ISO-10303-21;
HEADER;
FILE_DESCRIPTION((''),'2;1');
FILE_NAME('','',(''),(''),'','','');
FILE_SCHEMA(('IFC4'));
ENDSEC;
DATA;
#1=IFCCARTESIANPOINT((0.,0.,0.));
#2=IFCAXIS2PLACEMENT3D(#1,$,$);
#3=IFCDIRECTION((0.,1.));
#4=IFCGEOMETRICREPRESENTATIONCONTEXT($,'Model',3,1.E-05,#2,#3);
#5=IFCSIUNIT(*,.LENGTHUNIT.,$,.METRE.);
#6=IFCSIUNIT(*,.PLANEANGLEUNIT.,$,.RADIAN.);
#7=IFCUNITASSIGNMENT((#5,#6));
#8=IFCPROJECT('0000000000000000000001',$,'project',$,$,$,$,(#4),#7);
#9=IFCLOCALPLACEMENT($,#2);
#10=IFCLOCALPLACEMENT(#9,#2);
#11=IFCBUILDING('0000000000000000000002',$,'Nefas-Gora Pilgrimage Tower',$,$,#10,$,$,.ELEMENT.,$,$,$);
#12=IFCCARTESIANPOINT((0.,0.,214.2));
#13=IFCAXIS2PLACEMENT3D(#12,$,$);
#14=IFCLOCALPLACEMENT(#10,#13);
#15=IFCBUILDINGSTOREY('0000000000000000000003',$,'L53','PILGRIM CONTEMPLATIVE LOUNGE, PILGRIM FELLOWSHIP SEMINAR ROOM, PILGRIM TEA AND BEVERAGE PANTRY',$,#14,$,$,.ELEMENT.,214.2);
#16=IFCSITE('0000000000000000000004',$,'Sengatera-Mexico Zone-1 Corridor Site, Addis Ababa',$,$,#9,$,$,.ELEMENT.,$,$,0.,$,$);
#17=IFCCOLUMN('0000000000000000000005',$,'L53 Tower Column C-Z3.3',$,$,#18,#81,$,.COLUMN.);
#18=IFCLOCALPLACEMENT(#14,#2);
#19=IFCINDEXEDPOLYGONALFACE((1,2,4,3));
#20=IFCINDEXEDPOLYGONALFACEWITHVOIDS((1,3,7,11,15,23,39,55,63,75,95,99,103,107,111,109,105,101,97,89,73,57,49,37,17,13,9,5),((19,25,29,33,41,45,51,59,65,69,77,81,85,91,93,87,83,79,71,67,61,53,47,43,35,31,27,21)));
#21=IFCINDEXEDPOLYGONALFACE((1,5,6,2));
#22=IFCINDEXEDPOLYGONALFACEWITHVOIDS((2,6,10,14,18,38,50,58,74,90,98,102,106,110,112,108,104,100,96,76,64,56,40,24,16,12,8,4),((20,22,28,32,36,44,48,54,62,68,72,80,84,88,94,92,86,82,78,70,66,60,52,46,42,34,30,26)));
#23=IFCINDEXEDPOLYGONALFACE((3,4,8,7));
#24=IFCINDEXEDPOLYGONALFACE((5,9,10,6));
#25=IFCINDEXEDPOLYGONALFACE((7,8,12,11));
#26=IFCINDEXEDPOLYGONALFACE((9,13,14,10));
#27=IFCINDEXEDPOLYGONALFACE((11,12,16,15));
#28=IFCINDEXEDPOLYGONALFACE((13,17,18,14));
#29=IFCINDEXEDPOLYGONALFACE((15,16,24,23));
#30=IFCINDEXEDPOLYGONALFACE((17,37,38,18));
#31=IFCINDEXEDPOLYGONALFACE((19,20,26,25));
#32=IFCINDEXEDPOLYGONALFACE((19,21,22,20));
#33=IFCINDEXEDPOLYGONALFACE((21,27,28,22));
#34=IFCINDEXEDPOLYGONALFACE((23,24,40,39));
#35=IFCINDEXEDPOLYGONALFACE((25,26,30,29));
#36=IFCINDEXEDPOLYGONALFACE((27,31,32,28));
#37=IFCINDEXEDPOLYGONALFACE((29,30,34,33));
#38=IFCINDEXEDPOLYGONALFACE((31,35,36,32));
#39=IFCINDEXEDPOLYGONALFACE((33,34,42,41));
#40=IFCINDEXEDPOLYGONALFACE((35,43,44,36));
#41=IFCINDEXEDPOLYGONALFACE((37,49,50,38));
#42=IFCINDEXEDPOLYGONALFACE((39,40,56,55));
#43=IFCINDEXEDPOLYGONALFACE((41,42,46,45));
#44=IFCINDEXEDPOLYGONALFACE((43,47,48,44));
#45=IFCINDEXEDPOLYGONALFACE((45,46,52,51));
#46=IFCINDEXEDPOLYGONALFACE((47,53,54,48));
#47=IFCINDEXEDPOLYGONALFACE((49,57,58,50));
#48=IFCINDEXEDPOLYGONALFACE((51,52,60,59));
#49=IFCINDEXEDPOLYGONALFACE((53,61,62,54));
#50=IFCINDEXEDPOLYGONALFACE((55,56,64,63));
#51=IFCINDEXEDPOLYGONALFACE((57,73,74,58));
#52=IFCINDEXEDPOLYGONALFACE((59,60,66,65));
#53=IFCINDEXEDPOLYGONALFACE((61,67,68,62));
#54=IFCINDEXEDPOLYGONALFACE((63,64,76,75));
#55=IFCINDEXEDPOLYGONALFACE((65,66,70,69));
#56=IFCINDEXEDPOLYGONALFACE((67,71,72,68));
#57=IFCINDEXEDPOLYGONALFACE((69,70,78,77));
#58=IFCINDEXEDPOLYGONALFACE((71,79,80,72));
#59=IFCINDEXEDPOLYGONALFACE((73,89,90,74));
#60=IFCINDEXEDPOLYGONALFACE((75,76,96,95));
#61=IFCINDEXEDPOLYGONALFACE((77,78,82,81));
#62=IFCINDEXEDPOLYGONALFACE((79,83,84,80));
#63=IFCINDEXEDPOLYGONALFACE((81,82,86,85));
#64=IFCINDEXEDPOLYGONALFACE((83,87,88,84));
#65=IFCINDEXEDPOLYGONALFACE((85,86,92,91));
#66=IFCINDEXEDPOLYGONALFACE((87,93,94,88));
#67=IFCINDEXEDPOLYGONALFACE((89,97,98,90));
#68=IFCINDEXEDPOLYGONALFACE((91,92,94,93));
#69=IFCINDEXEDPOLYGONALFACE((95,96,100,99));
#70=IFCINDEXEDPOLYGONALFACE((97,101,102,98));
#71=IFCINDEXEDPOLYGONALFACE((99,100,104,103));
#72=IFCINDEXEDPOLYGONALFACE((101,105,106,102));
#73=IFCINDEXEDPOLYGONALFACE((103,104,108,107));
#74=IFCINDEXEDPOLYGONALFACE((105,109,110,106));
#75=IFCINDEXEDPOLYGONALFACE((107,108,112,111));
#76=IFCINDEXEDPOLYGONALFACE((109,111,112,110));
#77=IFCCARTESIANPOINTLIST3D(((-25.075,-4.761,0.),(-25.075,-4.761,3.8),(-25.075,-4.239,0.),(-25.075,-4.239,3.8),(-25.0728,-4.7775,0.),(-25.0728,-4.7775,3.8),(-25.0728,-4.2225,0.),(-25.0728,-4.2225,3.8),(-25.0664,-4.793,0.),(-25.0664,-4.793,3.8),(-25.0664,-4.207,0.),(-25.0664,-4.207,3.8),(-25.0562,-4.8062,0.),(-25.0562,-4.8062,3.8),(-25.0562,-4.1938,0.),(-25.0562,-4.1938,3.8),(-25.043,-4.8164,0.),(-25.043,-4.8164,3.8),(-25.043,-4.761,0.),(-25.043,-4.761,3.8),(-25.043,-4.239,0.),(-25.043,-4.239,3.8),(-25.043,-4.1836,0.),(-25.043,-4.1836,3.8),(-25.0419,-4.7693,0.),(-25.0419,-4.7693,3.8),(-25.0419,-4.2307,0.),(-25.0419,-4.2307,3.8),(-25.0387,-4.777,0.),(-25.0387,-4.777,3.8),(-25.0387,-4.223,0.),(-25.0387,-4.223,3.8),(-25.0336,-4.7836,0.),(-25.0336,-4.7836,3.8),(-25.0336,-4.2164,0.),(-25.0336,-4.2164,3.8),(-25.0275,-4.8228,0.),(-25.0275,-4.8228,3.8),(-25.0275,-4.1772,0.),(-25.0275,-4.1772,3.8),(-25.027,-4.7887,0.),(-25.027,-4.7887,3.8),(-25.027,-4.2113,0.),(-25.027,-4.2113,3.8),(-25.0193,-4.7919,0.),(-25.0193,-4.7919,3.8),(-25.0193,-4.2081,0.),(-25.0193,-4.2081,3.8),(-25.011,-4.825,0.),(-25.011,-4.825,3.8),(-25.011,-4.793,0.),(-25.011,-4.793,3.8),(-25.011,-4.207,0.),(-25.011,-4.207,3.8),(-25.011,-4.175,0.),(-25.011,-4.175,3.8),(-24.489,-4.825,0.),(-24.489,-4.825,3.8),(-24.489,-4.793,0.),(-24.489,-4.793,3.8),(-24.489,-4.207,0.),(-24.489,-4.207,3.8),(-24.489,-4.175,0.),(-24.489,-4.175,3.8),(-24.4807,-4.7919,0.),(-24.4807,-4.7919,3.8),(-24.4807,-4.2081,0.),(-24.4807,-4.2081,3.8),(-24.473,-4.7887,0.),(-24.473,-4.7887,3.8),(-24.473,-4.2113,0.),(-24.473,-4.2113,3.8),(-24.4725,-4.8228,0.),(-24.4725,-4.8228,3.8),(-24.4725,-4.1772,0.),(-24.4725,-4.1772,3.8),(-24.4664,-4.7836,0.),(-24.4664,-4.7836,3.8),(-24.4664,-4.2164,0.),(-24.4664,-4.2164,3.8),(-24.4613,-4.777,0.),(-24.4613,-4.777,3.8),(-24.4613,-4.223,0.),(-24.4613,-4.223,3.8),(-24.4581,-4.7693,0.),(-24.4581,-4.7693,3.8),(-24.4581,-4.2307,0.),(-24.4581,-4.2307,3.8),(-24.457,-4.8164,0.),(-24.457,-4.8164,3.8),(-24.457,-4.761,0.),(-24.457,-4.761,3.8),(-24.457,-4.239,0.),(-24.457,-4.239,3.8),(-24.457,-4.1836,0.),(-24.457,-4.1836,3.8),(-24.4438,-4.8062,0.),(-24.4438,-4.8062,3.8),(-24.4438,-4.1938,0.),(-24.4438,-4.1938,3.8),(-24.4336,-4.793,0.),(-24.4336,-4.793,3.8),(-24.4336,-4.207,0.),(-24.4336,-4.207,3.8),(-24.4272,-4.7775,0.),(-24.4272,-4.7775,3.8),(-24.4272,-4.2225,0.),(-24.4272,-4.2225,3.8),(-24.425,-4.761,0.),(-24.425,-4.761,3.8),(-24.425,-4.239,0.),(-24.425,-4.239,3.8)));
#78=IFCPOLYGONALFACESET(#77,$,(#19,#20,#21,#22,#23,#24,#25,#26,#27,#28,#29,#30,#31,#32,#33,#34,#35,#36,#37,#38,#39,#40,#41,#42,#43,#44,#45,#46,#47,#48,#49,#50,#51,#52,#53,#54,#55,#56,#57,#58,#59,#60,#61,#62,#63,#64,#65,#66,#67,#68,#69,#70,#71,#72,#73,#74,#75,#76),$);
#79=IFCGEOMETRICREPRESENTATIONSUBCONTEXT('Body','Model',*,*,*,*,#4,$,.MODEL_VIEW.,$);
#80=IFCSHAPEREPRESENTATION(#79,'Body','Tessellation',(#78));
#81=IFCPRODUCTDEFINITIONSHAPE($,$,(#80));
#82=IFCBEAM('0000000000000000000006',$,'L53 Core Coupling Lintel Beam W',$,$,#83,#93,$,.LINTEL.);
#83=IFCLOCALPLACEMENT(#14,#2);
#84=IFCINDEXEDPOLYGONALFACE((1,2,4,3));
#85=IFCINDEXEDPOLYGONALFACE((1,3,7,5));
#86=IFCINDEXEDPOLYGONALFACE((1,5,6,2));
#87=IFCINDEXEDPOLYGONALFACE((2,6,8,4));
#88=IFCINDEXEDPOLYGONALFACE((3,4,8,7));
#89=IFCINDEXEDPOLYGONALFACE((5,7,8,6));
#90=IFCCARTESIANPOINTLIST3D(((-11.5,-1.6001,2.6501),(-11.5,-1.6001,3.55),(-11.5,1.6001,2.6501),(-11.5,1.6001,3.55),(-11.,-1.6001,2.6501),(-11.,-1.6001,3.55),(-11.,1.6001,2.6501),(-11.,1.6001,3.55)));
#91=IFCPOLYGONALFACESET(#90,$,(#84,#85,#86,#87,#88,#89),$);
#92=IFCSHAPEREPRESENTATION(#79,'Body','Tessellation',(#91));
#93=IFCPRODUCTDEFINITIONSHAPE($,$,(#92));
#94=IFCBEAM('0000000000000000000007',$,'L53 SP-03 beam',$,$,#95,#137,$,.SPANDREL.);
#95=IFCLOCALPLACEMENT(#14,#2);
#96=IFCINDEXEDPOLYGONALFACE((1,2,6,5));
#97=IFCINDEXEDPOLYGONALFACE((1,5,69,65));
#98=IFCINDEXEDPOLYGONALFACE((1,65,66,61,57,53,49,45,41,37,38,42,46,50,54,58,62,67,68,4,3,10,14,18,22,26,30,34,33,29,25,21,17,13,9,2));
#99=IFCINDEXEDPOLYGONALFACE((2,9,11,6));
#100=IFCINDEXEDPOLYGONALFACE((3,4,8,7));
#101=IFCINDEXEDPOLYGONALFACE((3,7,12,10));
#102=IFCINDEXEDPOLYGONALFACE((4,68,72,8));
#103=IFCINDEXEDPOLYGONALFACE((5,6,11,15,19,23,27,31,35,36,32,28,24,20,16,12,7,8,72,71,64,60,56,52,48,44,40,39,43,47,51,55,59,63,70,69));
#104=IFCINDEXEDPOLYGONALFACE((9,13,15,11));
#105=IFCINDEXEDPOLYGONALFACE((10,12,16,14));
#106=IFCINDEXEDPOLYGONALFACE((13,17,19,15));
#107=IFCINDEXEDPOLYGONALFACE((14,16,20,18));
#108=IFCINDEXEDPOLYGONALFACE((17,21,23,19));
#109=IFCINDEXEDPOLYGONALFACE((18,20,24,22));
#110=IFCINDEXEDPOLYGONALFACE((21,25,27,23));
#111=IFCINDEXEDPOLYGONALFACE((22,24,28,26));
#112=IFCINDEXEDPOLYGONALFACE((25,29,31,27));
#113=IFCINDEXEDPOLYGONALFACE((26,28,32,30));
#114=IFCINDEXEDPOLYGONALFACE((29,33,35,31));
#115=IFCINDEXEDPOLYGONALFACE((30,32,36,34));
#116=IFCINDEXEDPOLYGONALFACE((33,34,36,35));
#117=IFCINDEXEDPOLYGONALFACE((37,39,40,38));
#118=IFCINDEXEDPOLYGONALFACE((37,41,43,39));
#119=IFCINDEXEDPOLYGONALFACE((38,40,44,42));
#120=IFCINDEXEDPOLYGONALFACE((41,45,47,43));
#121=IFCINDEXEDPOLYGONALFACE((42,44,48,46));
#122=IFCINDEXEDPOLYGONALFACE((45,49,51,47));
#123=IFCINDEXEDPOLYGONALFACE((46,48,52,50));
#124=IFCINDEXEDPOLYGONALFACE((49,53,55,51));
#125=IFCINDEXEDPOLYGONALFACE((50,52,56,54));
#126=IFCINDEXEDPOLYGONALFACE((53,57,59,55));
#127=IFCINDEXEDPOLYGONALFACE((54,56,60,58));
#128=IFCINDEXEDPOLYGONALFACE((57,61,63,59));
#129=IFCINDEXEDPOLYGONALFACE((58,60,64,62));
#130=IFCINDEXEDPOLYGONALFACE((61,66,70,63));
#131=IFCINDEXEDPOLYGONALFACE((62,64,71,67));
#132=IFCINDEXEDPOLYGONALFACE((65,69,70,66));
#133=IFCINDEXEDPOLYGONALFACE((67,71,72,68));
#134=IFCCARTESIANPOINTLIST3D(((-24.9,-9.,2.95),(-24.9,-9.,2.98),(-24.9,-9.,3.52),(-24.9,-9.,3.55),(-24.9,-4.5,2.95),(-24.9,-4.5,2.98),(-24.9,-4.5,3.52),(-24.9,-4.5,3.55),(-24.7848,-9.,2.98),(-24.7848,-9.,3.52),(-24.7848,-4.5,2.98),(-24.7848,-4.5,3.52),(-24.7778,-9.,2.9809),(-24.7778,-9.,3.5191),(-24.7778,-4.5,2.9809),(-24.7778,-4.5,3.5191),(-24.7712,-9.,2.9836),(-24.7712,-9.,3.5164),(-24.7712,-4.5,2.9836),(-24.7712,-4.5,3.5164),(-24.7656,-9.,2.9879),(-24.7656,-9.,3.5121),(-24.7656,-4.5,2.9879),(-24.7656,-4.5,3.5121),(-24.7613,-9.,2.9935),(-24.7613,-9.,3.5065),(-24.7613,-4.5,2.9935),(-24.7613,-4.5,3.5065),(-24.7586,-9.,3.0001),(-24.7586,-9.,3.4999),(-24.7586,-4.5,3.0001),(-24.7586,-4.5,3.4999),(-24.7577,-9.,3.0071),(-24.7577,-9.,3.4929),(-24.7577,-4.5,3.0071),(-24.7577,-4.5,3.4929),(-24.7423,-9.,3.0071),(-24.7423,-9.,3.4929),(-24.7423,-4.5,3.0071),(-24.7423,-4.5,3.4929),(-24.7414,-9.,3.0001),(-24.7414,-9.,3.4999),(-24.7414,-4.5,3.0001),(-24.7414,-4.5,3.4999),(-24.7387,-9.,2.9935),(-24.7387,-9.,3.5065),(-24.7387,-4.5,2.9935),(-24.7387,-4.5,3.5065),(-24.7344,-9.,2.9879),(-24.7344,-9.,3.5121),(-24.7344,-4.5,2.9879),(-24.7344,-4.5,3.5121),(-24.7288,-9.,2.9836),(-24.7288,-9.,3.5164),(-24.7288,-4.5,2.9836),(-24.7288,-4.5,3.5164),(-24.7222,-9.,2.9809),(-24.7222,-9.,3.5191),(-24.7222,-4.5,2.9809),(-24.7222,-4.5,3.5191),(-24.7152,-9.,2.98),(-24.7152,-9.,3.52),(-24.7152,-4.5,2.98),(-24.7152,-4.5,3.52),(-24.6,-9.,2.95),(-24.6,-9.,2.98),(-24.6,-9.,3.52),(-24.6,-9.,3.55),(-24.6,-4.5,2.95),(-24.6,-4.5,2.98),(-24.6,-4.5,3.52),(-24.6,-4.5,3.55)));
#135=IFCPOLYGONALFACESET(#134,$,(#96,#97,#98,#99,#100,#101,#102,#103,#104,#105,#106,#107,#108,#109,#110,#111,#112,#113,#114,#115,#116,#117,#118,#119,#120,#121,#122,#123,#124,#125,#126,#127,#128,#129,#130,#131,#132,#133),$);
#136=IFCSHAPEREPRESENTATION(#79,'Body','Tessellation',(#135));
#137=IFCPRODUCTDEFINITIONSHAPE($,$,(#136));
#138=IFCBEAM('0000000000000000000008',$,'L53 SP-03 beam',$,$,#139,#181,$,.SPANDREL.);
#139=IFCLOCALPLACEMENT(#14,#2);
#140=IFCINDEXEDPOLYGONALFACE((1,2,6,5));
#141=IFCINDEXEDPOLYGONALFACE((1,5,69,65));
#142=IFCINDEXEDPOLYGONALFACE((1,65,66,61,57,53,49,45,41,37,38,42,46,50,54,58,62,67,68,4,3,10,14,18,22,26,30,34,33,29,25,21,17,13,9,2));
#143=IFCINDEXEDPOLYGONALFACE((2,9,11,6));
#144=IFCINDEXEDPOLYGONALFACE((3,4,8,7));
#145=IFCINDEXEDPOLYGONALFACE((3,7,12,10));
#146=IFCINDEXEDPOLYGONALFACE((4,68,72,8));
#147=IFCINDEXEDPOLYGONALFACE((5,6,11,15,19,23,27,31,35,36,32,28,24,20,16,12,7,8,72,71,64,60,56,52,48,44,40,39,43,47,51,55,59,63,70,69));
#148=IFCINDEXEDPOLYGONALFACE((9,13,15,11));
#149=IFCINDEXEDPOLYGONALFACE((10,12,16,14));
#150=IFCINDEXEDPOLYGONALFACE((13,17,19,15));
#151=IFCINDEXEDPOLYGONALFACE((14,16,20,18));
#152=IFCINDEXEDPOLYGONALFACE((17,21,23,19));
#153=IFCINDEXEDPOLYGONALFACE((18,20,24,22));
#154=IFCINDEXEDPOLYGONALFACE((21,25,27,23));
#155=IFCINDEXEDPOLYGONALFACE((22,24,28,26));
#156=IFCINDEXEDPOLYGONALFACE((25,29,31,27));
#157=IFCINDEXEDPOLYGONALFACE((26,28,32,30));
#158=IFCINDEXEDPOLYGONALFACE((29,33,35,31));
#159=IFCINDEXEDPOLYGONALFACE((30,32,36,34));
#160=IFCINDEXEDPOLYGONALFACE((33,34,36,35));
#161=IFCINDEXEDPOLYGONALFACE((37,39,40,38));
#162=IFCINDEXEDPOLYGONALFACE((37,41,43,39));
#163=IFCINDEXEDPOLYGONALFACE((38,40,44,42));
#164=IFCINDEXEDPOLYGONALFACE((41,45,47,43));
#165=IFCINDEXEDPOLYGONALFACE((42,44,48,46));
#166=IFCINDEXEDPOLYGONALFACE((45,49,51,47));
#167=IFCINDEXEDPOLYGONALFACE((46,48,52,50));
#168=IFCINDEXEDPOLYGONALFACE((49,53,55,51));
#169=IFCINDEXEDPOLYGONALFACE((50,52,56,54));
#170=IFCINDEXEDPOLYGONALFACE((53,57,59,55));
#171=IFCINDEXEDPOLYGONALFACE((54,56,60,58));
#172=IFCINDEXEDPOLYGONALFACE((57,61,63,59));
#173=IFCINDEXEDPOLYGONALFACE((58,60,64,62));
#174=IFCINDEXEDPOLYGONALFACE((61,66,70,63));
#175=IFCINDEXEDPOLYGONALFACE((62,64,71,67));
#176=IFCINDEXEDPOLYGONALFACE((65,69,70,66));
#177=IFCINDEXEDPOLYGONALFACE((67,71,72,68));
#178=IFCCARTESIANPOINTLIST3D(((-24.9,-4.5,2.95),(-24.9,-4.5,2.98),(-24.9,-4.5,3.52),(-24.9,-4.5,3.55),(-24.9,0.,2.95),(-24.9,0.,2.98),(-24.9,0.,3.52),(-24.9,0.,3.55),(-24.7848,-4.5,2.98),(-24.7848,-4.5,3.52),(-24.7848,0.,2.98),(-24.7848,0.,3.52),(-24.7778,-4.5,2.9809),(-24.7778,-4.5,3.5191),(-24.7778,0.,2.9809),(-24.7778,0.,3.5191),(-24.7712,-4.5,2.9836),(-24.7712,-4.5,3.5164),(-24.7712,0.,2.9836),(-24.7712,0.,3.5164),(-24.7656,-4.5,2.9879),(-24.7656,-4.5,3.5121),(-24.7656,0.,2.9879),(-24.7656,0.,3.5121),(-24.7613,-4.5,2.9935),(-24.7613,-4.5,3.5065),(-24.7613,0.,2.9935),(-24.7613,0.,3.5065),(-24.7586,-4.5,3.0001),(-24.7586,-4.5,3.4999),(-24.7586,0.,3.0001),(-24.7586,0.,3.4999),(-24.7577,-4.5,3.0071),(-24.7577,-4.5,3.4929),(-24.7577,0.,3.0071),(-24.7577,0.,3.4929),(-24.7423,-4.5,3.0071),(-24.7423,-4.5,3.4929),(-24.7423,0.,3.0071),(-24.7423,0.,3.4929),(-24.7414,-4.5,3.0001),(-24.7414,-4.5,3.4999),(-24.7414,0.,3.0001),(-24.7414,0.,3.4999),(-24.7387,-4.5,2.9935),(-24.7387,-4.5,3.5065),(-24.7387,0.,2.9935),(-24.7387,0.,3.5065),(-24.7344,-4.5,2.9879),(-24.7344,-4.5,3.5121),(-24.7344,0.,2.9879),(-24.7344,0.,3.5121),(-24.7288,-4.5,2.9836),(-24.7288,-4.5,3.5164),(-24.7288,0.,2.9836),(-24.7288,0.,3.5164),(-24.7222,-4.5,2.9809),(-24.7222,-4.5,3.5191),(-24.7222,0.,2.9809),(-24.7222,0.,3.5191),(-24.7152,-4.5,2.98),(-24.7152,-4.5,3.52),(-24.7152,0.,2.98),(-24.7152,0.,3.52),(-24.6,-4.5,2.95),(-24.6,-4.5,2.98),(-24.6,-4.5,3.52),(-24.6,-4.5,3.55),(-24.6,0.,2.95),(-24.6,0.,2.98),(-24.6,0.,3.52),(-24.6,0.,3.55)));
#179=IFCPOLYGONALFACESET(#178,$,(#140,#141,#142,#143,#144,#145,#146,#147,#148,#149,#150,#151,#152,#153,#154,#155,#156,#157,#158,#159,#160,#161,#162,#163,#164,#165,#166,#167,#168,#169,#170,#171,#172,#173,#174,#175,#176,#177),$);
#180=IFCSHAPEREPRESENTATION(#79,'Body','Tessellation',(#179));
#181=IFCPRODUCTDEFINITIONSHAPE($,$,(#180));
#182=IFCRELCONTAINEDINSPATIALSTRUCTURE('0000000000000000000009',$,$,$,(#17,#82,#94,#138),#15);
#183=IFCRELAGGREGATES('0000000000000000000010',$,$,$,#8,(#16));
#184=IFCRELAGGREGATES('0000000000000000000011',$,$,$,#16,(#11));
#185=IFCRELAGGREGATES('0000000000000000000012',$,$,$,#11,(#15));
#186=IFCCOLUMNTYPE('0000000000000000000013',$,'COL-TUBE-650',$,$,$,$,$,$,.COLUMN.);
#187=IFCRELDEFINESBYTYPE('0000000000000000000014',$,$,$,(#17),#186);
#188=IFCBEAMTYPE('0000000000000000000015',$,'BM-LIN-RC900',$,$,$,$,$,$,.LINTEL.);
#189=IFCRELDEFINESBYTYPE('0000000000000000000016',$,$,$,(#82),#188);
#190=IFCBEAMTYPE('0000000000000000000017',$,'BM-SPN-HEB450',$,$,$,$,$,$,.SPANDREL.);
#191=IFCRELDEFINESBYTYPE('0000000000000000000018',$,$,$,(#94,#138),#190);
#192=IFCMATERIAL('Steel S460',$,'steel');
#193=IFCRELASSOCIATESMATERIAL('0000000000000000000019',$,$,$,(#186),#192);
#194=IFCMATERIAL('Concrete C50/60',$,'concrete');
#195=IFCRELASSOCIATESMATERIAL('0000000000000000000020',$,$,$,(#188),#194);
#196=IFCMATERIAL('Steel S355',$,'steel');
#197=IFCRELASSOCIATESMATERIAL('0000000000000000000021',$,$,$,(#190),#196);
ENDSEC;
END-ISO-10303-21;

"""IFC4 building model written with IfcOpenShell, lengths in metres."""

from ifc_helpers import new_model, si_unit, direction, frame, origin, origin_2d, place, context, subcontext, project, spatial, rectangle, hollow_rectangle, i_section, extrude, source, transform, mapped, material, material_profile, profile_set, type_object, element, save


model = new_model("IFC4")

# Units and contexts
model_context = context("Model", 3, precision=1e-05, world=origin(), true_north=direction((0.0, 1.0)))
body_context = subcontext(model_context, "Body", "Model", "MODEL_VIEW")
ifc_project = project(units=[si_unit("LENGTHUNIT", "METRE"), si_unit("PLANEANGLEUNIT", "RADIAN")], contexts=[model_context])

# Site, building, storey
site_placement = place(None, origin())
site = spatial("IfcSite", under=ifc_project, at=site_placement, Name="Sengatera-Mexico Zone-1 Corridor Site, Addis Ababa", CompositionType="ELEMENT", RefElevation=0.0)
building_placement = place(site_placement, origin())
building = spatial("IfcBuilding", under=site, at=building_placement, Name="Nefas-Gora Pilgrimage Tower", CompositionType="ELEMENT")
storey_placement = place(building_placement, frame((0.0, 0.0, 214.2)))
storey = spatial("IfcBuildingStorey", under=building, at=storey_placement, Name="L53", Description="PILGRIM CONTEMPLATIVE LOUNGE, PILGRIM FELLOWSHIP SEMINAR ROOM, PILGRIM TEA AND BEVERAGE PANTRY", CompositionType="ELEMENT", Elevation=214.2)

# Column
ifc_material_1 = material(Name="Steel S460", Category="steel")
ifc_material_profile_1 = material_profile(ifc_material_1, hollow_rectangle(XDim=0.6499, YDim=0.6499, WallThickness=0.032, InnerFilletRadius=0.032, OuterFilletRadius=0.064, at=origin_2d()), Name="BOX 650x650x32")
ifc_profile_set_1 = profile_set([ifc_material_profile_1], Name="Steel S460")
column_type_1 = type_object("IfcColumnType", Name="COL-TUBE-650", PredefinedType="COLUMN", material=ifc_profile_set_1)
shared_shape_1 = source(origin(), body_context, "Body", "SweptSolid", [
    extrude(hollow_rectangle(XDim=0.6499, YDim=0.6499, WallThickness=0.032, InnerFilletRadius=0.032, OuterFilletRadius=0.064, at=origin_2d()), origin(), (0.0, 0.0, 1.0), 3.8),
])
for number, where, z_axis, x_axis, name in (
    (1, (-24.75, -4.5, 0.0), (0.0, 0.0, 1.0), (1.0, 0.0, 0.0), "L53 Tower Column C-Z3.3"),
):
    element("IfcColumn", number, at=place(storey_placement, frame(where, z_axis=z_axis, x_axis=x_axis)), inside=storey, type_object=column_type_1, Name=name, PredefinedType="COLUMN", context=body_context, shape_type="MappedRepresentation", body=[
        mapped(shared_shape_1, transform((0.0, 0.0, 0.0), x_axis=(1.0, 0.0, 0.0), y_axis=(0.0, 1.0, 0.0), z_axis=(0.0, 0.0, 1.0), scale=1.0)),
    ])

# Beams
ifc_material_2 = material(Name="Concrete C50/60", Category="concrete")
ifc_material_profile_2 = material_profile(ifc_material_2, rectangle(XDim=0.5, YDim=0.8999, at=origin_2d()), Name="RC 500x900")
ifc_profile_set_2 = profile_set([ifc_material_profile_2], Name="Concrete C50/60")
beam_type_1 = type_object("IfcBeamType", Name="BM-LIN-RC900", PredefinedType="LINTEL", material=ifc_profile_set_2)
shared_shape_2 = source(origin(), body_context, "Body", "SweptSolid", [
    extrude(rectangle(XDim=0.5, YDim=0.8999, at=origin_2d()), origin(), (0.0, 0.0, 1.0), 3.2002),
])
beam_placement = place(storey_placement, frame((-11.25, -1.6001, 3.1001), z_axis=(0.0, 1.0, 0.0), x_axis=(-1.0, 0.0, 0.0)))
element("IfcBeam", 2, at=beam_placement, inside=storey, type_object=beam_type_1, Name="L53 Core Coupling Lintel Beam W", PredefinedType="LINTEL", context=body_context, shape_type="MappedRepresentation", body=[
    mapped(shared_shape_2, transform((0.0, 0.0, 0.0), x_axis=(1.0, 0.0, 0.0), y_axis=(0.0, 1.0, 0.0), z_axis=(0.0, 0.0, 1.0), scale=1.0)),
])
ifc_material_3 = material(Name="Steel S355", Category="steel")
ifc_material_profile_3 = material_profile(ifc_material_3, i_section(OverallWidth=0.3, OverallDepth=0.6001, WebThickness=0.0154, FlangeThickness=0.03, FilletRadius=0.0271, at=origin_2d()), Name="HEB 600")
ifc_profile_set_3 = profile_set([ifc_material_profile_3], Name="Steel S355")
beam_type_2 = type_object("IfcBeamType", Name="BM-SPN-HEB450", PredefinedType="SPANDREL", material=ifc_profile_set_3)
shared_shape_3 = source(origin(), body_context, "Body", "SweptSolid", [
    extrude(i_section(OverallWidth=0.3, OverallDepth=0.6001, WebThickness=0.0154, FlangeThickness=0.03, FilletRadius=0.0271, at=origin_2d()), origin(), (0.0, 0.0, 1.0), 4.5),
])
for number, where, z_axis, x_axis, name in (
    (3, (-24.75, -9.0, 3.25), (0.0, 1.0, 0.0), (-1.0, 0.0, 0.0), "L53 SP-03 beam"),
    (4, (-24.75, -4.5, 3.25), (0.0, 1.0, 0.0), (-1.0, 0.0, 0.0), "L53 SP-03 beam"),
):
    element("IfcBeam", number, at=place(storey_placement, frame(where, z_axis=z_axis, x_axis=x_axis)), inside=storey, type_object=beam_type_2, Name=name, PredefinedType="SPANDREL", context=body_context, shape_type="MappedRepresentation", body=[
        mapped(shared_shape_3, transform((0.0, 0.0, 0.0), x_axis=(1.0, 0.0, 0.0), y_axis=(0.0, 1.0, 0.0), z_axis=(0.0, 0.0, 1.0), scale=1.0)),
    ])

save(model, "model.ifc")
